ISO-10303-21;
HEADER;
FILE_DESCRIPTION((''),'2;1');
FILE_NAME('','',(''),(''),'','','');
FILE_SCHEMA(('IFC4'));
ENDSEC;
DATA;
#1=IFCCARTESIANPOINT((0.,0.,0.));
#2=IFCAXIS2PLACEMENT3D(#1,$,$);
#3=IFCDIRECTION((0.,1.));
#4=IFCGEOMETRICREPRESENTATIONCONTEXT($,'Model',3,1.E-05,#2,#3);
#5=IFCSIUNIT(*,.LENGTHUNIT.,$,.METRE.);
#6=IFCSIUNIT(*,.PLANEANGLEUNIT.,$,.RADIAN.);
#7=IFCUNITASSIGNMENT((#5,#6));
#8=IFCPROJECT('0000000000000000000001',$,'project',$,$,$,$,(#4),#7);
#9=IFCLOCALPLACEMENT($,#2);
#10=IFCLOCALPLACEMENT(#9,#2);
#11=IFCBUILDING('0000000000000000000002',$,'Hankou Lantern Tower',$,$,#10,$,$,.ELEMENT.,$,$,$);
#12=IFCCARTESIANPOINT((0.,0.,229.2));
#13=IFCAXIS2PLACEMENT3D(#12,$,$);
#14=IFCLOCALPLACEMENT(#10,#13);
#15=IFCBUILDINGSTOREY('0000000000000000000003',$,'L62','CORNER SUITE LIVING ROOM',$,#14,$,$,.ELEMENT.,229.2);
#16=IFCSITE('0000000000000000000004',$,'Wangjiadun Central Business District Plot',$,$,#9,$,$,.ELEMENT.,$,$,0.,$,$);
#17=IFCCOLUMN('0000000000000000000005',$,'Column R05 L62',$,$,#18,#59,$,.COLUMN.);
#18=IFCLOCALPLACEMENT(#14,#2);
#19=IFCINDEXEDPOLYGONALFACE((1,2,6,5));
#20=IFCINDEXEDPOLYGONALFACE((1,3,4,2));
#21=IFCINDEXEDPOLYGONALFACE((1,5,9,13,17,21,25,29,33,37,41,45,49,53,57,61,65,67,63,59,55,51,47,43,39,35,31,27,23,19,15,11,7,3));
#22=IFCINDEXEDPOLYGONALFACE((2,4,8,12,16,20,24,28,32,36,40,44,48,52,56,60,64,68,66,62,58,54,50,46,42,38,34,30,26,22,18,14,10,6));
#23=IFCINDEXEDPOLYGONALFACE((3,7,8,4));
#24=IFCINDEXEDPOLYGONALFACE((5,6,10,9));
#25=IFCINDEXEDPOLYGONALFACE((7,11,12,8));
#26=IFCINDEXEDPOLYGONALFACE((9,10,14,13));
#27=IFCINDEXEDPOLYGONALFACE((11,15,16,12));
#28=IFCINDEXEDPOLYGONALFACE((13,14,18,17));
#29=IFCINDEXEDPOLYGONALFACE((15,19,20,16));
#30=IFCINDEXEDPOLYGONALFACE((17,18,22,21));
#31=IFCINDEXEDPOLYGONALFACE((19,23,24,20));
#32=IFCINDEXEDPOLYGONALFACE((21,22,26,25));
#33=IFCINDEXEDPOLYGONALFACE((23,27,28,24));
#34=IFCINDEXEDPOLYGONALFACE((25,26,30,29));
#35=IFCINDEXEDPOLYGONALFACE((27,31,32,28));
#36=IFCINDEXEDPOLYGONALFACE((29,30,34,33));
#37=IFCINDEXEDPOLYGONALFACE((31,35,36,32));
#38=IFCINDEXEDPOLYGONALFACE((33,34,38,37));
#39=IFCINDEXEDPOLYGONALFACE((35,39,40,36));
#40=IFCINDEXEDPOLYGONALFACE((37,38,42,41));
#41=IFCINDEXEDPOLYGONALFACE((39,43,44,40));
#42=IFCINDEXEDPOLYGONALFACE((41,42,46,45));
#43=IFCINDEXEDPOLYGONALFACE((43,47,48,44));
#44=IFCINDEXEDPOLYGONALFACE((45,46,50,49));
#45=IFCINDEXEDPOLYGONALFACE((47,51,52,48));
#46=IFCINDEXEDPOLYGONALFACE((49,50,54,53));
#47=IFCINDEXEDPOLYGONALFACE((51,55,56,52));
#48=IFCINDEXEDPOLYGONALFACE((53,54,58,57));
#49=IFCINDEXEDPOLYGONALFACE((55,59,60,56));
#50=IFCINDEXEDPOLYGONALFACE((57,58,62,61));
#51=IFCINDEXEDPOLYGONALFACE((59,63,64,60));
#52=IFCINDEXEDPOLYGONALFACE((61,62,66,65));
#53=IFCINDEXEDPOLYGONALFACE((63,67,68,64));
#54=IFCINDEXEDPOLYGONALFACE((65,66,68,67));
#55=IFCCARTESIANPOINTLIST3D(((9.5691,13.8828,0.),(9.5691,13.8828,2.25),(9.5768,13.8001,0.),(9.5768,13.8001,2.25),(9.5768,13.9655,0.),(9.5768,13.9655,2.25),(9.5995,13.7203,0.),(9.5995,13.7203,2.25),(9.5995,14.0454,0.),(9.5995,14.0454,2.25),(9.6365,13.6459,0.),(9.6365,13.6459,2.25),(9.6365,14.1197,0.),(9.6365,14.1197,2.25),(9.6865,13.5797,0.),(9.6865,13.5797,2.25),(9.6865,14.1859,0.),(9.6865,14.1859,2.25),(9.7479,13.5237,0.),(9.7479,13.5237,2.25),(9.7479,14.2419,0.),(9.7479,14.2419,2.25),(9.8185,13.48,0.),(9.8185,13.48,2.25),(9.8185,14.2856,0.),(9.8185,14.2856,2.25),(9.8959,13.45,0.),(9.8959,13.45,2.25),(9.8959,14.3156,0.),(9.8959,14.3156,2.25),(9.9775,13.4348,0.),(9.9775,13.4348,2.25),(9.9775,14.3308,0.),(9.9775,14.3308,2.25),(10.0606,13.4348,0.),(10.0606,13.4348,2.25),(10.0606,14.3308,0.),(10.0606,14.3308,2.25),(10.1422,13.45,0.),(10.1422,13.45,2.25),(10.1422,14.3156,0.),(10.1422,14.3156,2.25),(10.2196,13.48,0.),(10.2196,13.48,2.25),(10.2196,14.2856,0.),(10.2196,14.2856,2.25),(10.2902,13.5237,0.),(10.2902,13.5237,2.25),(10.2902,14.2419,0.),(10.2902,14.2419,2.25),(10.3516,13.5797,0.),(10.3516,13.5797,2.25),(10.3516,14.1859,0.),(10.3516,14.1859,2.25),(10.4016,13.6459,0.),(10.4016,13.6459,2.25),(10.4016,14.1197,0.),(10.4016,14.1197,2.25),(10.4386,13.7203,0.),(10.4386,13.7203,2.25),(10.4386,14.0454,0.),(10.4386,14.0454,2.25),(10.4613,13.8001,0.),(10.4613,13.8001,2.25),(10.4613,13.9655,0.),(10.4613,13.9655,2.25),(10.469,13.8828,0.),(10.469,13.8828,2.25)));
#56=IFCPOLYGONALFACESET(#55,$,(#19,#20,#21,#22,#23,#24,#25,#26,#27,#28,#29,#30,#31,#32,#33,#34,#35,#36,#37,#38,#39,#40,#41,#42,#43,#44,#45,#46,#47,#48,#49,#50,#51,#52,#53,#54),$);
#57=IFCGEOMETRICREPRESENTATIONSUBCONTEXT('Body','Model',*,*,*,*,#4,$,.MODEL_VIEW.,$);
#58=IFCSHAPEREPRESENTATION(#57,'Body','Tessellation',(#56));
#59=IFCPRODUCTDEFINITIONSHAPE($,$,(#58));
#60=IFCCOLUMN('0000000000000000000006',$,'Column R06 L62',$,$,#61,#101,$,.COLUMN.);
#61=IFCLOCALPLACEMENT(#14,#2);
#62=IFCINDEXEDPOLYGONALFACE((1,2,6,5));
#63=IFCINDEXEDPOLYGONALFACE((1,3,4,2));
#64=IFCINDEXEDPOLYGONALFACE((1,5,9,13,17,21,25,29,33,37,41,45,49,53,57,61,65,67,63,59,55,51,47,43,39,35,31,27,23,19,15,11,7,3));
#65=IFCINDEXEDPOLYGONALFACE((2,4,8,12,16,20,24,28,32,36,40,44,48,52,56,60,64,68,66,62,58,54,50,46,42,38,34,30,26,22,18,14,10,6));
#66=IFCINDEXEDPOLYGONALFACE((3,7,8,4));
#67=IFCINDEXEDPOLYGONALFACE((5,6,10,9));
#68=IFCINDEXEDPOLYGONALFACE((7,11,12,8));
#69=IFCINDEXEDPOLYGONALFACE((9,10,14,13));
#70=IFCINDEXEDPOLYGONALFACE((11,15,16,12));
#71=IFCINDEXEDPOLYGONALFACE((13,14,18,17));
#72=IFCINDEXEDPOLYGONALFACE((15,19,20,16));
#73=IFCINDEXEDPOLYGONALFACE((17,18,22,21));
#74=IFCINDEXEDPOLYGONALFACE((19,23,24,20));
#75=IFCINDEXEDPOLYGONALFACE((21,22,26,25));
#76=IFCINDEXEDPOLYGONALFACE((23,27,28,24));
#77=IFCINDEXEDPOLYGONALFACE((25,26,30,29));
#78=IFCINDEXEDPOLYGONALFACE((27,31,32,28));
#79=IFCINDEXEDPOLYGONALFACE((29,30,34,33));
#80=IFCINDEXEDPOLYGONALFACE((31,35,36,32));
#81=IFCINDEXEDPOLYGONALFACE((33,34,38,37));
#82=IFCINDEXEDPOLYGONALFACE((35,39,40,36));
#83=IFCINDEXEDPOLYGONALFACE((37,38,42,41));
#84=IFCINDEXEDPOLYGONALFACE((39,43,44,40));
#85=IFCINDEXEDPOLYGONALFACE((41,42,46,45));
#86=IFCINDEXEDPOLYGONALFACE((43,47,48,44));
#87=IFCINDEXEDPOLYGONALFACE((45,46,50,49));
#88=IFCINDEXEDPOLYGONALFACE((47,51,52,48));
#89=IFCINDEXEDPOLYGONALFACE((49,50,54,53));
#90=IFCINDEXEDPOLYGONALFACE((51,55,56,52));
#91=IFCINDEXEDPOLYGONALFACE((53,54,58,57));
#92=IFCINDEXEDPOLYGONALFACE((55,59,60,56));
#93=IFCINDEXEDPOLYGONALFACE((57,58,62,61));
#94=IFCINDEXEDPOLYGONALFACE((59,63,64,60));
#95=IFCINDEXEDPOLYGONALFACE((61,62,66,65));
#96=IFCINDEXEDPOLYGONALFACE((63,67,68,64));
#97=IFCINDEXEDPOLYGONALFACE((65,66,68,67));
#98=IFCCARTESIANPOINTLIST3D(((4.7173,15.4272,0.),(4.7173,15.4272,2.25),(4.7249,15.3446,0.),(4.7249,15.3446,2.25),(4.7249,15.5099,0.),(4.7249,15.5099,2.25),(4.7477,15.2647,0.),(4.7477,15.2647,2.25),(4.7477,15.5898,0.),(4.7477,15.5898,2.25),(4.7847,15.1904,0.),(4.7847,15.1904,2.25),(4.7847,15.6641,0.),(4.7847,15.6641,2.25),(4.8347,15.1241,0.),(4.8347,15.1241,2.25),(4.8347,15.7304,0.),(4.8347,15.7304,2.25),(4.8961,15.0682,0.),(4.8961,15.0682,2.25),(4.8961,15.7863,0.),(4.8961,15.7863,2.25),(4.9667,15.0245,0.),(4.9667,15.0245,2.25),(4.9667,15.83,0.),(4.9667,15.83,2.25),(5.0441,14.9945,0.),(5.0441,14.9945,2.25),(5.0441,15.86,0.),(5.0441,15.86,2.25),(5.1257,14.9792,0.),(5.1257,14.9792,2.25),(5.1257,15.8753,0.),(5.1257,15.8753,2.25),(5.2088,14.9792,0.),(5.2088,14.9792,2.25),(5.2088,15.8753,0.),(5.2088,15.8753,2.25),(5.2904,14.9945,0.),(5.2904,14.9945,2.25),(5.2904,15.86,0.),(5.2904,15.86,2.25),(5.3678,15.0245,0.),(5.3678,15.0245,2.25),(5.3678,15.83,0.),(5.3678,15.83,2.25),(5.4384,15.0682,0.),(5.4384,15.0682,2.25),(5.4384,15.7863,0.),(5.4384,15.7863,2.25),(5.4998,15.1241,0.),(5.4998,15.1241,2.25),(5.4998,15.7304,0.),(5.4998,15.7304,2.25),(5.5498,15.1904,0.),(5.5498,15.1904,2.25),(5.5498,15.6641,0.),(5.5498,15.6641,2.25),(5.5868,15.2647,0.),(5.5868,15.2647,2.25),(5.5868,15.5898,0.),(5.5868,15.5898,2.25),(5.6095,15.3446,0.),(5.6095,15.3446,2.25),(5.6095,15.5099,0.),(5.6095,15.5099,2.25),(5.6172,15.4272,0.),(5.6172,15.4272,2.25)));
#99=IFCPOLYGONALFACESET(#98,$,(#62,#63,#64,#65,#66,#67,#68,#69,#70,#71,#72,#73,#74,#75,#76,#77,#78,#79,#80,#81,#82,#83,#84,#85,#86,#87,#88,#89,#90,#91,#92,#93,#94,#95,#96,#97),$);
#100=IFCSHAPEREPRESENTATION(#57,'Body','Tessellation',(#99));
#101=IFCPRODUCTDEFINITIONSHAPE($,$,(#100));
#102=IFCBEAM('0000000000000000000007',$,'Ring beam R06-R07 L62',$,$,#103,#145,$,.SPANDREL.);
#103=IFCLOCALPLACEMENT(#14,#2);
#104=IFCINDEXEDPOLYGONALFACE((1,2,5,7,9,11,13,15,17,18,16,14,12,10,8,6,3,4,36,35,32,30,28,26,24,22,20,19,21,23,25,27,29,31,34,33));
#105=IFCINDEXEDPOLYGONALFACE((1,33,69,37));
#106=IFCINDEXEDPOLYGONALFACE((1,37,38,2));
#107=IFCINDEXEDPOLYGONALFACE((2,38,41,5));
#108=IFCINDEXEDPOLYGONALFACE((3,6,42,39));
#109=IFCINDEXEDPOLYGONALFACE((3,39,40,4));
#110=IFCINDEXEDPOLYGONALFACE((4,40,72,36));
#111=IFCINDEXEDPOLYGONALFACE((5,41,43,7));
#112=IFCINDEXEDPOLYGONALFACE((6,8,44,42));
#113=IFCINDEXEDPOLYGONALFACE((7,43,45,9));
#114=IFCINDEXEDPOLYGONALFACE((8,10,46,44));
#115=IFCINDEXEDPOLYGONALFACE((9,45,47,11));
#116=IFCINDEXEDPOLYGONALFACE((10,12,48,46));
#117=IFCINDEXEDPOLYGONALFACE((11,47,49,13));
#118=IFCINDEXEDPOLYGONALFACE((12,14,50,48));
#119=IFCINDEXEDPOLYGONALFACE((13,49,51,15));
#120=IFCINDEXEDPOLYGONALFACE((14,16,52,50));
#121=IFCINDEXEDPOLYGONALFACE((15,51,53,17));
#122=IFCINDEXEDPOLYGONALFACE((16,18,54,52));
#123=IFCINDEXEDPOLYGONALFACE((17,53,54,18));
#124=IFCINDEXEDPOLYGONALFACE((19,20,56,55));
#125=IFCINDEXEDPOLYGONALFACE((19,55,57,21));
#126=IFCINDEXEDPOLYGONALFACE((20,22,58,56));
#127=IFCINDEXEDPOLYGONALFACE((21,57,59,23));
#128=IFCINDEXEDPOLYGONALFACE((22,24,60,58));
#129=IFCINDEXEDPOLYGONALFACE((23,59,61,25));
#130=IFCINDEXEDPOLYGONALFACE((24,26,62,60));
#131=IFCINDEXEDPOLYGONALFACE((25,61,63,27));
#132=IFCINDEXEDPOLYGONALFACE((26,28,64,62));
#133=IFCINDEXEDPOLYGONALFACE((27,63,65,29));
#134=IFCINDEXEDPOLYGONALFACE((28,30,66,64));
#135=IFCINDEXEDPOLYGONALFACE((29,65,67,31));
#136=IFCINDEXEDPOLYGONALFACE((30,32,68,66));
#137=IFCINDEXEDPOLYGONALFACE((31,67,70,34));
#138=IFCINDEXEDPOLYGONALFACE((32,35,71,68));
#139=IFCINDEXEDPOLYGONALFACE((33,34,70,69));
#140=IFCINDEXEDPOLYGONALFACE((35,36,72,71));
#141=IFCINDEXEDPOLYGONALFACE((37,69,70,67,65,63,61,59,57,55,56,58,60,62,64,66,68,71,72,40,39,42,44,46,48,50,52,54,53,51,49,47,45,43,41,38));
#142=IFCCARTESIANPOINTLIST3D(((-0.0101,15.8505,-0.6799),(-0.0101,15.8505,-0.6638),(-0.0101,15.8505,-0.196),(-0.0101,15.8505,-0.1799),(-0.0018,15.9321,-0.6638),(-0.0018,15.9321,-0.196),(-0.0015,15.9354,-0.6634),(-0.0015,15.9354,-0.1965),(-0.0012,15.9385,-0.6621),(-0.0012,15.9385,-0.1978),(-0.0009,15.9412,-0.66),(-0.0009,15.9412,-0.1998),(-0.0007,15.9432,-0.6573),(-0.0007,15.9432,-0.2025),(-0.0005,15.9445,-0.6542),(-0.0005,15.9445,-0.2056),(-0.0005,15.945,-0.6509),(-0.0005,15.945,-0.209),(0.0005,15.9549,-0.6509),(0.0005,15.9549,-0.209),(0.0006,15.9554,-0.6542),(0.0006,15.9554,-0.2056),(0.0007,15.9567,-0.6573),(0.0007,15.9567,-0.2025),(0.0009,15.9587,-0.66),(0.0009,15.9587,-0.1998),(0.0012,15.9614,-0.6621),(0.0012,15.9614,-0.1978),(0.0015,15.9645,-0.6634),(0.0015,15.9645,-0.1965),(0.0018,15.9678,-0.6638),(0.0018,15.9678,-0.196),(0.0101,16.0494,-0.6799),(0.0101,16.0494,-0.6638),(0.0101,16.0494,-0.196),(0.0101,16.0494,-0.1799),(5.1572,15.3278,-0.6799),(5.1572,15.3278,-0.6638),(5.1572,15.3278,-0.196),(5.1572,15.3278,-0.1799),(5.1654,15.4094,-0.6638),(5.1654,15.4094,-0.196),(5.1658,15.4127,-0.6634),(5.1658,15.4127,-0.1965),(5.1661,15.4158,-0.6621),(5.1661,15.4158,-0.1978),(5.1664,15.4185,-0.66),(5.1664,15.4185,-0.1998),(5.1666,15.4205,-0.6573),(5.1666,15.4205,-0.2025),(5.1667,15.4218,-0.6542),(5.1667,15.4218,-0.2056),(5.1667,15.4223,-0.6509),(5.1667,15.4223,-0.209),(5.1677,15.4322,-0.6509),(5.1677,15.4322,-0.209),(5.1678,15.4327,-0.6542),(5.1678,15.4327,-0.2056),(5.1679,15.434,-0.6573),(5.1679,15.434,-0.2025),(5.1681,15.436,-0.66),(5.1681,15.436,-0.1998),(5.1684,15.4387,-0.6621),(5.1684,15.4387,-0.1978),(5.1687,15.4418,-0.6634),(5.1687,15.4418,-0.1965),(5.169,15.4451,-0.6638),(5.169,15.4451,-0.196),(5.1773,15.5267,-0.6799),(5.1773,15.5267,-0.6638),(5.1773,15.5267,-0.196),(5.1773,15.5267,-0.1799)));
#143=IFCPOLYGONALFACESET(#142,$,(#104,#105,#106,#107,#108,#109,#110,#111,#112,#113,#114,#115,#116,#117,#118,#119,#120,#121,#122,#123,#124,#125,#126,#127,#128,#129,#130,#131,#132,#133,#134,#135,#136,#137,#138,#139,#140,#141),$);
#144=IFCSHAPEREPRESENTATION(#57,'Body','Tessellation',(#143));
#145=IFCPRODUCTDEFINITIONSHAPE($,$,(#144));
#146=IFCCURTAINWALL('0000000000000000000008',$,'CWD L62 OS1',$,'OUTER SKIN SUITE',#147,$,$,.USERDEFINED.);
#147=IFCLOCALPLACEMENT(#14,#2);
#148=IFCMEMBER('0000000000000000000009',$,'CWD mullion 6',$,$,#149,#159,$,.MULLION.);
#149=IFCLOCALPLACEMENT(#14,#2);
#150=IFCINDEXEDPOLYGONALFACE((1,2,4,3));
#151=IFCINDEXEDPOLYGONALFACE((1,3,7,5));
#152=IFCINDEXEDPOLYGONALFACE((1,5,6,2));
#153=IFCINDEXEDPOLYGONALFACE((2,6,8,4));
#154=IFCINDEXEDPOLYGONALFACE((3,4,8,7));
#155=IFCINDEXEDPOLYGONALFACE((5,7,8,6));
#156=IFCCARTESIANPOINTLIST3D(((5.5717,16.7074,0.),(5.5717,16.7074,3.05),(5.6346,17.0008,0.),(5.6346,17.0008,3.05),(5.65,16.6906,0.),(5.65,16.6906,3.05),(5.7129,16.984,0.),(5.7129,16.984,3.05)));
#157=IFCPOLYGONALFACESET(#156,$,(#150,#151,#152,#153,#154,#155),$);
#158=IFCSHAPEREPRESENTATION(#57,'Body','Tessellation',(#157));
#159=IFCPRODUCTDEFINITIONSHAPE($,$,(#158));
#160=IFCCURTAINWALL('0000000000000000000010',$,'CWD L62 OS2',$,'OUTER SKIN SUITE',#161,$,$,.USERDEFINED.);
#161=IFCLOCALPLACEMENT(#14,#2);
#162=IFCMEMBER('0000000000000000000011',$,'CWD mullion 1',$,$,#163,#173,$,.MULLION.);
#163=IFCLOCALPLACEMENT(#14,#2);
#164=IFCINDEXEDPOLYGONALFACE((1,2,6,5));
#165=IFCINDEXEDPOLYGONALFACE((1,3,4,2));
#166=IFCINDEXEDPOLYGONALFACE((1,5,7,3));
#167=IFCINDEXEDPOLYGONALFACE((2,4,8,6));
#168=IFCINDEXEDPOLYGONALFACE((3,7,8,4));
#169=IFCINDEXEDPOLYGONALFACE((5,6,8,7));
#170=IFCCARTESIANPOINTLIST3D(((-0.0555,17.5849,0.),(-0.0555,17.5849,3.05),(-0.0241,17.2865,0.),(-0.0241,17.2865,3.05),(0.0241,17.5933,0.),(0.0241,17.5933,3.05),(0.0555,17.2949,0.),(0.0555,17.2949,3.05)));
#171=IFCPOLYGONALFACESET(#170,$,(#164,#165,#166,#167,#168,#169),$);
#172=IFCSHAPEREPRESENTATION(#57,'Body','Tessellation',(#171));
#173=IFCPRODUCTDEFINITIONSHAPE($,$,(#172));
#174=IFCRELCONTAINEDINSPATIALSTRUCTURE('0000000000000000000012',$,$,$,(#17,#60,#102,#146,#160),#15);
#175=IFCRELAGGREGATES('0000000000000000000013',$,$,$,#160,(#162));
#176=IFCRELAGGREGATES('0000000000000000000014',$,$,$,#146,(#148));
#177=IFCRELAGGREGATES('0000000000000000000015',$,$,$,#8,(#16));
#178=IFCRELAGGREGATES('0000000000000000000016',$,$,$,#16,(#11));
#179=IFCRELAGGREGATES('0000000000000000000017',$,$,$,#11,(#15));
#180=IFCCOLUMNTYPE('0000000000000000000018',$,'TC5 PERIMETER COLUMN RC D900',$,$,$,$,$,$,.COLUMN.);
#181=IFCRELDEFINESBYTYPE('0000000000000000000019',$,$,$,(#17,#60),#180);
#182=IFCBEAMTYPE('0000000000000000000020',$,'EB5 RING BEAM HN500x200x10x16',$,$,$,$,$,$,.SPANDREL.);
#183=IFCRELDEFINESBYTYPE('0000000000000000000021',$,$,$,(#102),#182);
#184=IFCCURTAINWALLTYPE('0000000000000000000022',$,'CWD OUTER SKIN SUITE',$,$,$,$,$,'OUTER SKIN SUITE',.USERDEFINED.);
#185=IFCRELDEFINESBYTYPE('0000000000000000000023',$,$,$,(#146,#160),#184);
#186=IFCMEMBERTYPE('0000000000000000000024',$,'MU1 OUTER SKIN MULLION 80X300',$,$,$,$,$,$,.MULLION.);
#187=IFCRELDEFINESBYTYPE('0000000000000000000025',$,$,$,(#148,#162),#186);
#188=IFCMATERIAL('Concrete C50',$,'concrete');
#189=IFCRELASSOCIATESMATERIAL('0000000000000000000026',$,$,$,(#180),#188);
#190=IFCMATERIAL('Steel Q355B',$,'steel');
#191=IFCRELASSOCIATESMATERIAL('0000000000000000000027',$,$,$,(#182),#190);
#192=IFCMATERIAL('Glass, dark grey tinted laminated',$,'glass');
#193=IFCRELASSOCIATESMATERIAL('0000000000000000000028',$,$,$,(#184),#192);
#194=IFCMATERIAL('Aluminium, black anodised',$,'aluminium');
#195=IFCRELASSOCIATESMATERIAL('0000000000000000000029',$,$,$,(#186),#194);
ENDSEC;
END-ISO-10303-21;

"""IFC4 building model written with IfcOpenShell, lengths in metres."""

from ifc_helpers import new_model, si_unit, direction, frame, origin, origin_2d, place, context, subcontext, project, spatial, rectangle, circle, i_section, extrude, clip, halfspace, material, material_profile, profile_set, type_object, element, aggregate, save


model = new_model("IFC4")

# Units and contexts
model_context = context("Model", 3, precision=1e-05, world=origin(), true_north=direction((0.0, 1.0)))
body_context = subcontext(model_context, "Body", "Model", "MODEL_VIEW")
ifc_project = project(units=[si_unit("LENGTHUNIT", "METRE"), si_unit("PLANEANGLEUNIT", "RADIAN")], contexts=[model_context])

# Site, building, storey
site_placement = place(None, origin())
site = spatial("IfcSite", under=ifc_project, at=site_placement, Name="Wangjiadun Central Business District Plot", CompositionType="ELEMENT", RefElevation=0.0)
building_placement = place(site_placement, origin())
building = spatial("IfcBuilding", under=site, at=building_placement, Name="Hankou Lantern Tower", CompositionType="ELEMENT")
storey_placement = place(building_placement, frame((0.0, 0.0, 229.2)))
storey = spatial("IfcBuildingStorey", under=building, at=storey_placement, Name="L62", Description="CORNER SUITE LIVING ROOM", CompositionType="ELEMENT", Elevation=229.2)

# Columns
ifc_material_1 = material(Name="Concrete C50", Category="concrete")
ifc_material_profile_1 = material_profile(ifc_material_1, circle(Radius=0.45, at=origin_2d()), Name="RC D900")
ifc_profile_set_1 = profile_set([ifc_material_profile_1], Name="Concrete C50")
column_type = type_object("IfcColumnType", Name="TC5 PERIMETER COLUMN RC D900", PredefinedType="COLUMN", material=ifc_profile_set_1)
for number, where, z_axis, x_axis, name in (
    (1, (10.019, 13.8828, 0.0), (0.0, 0.0, 1.0), (1.0, 0.0, 0.0), "Column R05 L62"),
    (2, (5.1672, 15.4272, 0.0), (0.0, 0.0, 1.0), (1.0, 0.0, 0.0), "Column R06 L62"),
):
    element("IfcColumn", number, at=place(storey_placement, frame(where, z_axis=z_axis, x_axis=x_axis)), inside=storey, type_object=column_type, Name=name, PredefinedType="COLUMN", context=body_context, shape_type="Clipping", body=[
        clip(extrude(circle(Radius=0.45, at=origin_2d()), origin(), (0.0, 0.0, 1.0), 3.3), halfspace(frame((0.0, 0.0, 2.25), z_axis=(0.0, 0.0, 1.0), x_axis=(1.0, 0.0, 0.0)), False)),
    ])

# Beam
ifc_material_2 = material(Name="Steel Q355B", Category="steel")
ifc_material_profile_2 = material_profile(ifc_material_2, i_section(OverallWidth=0.2, OverallDepth=0.5, WebThickness=0.01, FlangeThickness=0.0161, FilletRadius=0.0129, at=origin_2d()), Name="HN500x200x10x16")
ifc_profile_set_2 = profile_set([ifc_material_profile_2], Name="Steel Q355B")
beam_type_1 = type_object("IfcBeamType", Name="EB5 RING BEAM HN500x200x10x16", PredefinedType="SPANDREL", material=ifc_profile_set_2)
beam_1_placement = place(storey_placement, frame((5.1672, 15.4272, -0.4299), z_axis=(-0.994923, 0.100644, 0.0), x_axis=(-0.100644, -0.994923, 0.0)))
element("IfcBeam", 3, at=beam_1_placement, inside=storey, type_object=beam_type_1, Name="Ring beam R06-R07 L62", PredefinedType="SPANDREL", context=body_context, shape_type="SweptSolid", body=[
    extrude(i_section(OverallWidth=0.2, OverallDepth=0.5, WebThickness=0.01, FlangeThickness=0.0161, FilletRadius=0.0129, at=origin_2d()), origin(), (0.0, 0.0, 1.0), 5.1936),
])

# Curtain walls, members
ifc_material_3 = material(Name="Glass, dark grey tinted laminated", Category="glass")
curtain_wall_type = type_object("IfcCurtainWallType", Name="CWD OUTER SKIN SUITE", ElementType="OUTER SKIN SUITE", PredefinedType="USERDEFINED", material=ifc_material_3)
curtain_wall_1_placement = place(storey_placement, origin())
curtain_wall_1 = element("IfcCurtainWall", 4, at=curtain_wall_1_placement, inside=storey, type_object=curtain_wall_type, Name="CWD L62 OS1", ObjectType="OUTER SKIN SUITE", PredefinedType="USERDEFINED")
ifc_material_4 = material(Name="Aluminium, black anodised", Category="aluminium")
ifc_material_profile_3 = material_profile(ifc_material_4, rectangle(XDim=0.0801, YDim=0.3, at=origin_2d()), Name="MU1 80X300")
ifc_profile_set_3 = profile_set([ifc_material_profile_3], Name="Aluminium, black anodised")
member_type_1 = type_object("IfcMemberType", Name="MU1 OUTER SKIN MULLION 80X300", PredefinedType="MULLION", material=ifc_profile_set_3)
member_1_placement = place(storey_placement, frame((5.6423, 16.8457, 0.0), z_axis=(0.0, 0.0, 1.0), x_axis=(-0.977788, 0.209598, 0.0)))
member_1 = element("IfcMember", 5, at=member_1_placement, type_object=member_type_1, Name="CWD mullion 6", PredefinedType="MULLION", context=body_context, shape_type="SweptSolid", body=[
    extrude(rectangle(XDim=0.0801, YDim=0.3, at=origin_2d()), origin(), (0.0, 0.0, 1.0), 3.05),
])
curtain_wall_2_placement = place(storey_placement, origin())
curtain_wall_2 = element("IfcCurtainWall", 6, at=curtain_wall_2_placement, inside=storey, type_object=curtain_wall_type, Name="CWD L62 OS2", ObjectType="OUTER SKIN SUITE", PredefinedType="USERDEFINED")
member_2_placement = place(storey_placement, frame((0.0, 17.4399, 0.0), z_axis=(0.0, 0.0, 1.0), x_axis=(-0.994499, -0.104743, 0.0)))
member_2 = element("IfcMember", 7, at=member_2_placement, type_object=member_type_1, Name="CWD mullion 1", PredefinedType="MULLION", context=body_context, shape_type="SweptSolid", body=[
    extrude(rectangle(XDim=0.0801, YDim=0.3, at=origin_2d()), origin(), (0.0, 0.0, 1.0), 3.05),
])
aggregate(curtain_wall_2, [member_2])

aggregate(curtain_wall_1, [member_1])

save(model, "model.ifc")
